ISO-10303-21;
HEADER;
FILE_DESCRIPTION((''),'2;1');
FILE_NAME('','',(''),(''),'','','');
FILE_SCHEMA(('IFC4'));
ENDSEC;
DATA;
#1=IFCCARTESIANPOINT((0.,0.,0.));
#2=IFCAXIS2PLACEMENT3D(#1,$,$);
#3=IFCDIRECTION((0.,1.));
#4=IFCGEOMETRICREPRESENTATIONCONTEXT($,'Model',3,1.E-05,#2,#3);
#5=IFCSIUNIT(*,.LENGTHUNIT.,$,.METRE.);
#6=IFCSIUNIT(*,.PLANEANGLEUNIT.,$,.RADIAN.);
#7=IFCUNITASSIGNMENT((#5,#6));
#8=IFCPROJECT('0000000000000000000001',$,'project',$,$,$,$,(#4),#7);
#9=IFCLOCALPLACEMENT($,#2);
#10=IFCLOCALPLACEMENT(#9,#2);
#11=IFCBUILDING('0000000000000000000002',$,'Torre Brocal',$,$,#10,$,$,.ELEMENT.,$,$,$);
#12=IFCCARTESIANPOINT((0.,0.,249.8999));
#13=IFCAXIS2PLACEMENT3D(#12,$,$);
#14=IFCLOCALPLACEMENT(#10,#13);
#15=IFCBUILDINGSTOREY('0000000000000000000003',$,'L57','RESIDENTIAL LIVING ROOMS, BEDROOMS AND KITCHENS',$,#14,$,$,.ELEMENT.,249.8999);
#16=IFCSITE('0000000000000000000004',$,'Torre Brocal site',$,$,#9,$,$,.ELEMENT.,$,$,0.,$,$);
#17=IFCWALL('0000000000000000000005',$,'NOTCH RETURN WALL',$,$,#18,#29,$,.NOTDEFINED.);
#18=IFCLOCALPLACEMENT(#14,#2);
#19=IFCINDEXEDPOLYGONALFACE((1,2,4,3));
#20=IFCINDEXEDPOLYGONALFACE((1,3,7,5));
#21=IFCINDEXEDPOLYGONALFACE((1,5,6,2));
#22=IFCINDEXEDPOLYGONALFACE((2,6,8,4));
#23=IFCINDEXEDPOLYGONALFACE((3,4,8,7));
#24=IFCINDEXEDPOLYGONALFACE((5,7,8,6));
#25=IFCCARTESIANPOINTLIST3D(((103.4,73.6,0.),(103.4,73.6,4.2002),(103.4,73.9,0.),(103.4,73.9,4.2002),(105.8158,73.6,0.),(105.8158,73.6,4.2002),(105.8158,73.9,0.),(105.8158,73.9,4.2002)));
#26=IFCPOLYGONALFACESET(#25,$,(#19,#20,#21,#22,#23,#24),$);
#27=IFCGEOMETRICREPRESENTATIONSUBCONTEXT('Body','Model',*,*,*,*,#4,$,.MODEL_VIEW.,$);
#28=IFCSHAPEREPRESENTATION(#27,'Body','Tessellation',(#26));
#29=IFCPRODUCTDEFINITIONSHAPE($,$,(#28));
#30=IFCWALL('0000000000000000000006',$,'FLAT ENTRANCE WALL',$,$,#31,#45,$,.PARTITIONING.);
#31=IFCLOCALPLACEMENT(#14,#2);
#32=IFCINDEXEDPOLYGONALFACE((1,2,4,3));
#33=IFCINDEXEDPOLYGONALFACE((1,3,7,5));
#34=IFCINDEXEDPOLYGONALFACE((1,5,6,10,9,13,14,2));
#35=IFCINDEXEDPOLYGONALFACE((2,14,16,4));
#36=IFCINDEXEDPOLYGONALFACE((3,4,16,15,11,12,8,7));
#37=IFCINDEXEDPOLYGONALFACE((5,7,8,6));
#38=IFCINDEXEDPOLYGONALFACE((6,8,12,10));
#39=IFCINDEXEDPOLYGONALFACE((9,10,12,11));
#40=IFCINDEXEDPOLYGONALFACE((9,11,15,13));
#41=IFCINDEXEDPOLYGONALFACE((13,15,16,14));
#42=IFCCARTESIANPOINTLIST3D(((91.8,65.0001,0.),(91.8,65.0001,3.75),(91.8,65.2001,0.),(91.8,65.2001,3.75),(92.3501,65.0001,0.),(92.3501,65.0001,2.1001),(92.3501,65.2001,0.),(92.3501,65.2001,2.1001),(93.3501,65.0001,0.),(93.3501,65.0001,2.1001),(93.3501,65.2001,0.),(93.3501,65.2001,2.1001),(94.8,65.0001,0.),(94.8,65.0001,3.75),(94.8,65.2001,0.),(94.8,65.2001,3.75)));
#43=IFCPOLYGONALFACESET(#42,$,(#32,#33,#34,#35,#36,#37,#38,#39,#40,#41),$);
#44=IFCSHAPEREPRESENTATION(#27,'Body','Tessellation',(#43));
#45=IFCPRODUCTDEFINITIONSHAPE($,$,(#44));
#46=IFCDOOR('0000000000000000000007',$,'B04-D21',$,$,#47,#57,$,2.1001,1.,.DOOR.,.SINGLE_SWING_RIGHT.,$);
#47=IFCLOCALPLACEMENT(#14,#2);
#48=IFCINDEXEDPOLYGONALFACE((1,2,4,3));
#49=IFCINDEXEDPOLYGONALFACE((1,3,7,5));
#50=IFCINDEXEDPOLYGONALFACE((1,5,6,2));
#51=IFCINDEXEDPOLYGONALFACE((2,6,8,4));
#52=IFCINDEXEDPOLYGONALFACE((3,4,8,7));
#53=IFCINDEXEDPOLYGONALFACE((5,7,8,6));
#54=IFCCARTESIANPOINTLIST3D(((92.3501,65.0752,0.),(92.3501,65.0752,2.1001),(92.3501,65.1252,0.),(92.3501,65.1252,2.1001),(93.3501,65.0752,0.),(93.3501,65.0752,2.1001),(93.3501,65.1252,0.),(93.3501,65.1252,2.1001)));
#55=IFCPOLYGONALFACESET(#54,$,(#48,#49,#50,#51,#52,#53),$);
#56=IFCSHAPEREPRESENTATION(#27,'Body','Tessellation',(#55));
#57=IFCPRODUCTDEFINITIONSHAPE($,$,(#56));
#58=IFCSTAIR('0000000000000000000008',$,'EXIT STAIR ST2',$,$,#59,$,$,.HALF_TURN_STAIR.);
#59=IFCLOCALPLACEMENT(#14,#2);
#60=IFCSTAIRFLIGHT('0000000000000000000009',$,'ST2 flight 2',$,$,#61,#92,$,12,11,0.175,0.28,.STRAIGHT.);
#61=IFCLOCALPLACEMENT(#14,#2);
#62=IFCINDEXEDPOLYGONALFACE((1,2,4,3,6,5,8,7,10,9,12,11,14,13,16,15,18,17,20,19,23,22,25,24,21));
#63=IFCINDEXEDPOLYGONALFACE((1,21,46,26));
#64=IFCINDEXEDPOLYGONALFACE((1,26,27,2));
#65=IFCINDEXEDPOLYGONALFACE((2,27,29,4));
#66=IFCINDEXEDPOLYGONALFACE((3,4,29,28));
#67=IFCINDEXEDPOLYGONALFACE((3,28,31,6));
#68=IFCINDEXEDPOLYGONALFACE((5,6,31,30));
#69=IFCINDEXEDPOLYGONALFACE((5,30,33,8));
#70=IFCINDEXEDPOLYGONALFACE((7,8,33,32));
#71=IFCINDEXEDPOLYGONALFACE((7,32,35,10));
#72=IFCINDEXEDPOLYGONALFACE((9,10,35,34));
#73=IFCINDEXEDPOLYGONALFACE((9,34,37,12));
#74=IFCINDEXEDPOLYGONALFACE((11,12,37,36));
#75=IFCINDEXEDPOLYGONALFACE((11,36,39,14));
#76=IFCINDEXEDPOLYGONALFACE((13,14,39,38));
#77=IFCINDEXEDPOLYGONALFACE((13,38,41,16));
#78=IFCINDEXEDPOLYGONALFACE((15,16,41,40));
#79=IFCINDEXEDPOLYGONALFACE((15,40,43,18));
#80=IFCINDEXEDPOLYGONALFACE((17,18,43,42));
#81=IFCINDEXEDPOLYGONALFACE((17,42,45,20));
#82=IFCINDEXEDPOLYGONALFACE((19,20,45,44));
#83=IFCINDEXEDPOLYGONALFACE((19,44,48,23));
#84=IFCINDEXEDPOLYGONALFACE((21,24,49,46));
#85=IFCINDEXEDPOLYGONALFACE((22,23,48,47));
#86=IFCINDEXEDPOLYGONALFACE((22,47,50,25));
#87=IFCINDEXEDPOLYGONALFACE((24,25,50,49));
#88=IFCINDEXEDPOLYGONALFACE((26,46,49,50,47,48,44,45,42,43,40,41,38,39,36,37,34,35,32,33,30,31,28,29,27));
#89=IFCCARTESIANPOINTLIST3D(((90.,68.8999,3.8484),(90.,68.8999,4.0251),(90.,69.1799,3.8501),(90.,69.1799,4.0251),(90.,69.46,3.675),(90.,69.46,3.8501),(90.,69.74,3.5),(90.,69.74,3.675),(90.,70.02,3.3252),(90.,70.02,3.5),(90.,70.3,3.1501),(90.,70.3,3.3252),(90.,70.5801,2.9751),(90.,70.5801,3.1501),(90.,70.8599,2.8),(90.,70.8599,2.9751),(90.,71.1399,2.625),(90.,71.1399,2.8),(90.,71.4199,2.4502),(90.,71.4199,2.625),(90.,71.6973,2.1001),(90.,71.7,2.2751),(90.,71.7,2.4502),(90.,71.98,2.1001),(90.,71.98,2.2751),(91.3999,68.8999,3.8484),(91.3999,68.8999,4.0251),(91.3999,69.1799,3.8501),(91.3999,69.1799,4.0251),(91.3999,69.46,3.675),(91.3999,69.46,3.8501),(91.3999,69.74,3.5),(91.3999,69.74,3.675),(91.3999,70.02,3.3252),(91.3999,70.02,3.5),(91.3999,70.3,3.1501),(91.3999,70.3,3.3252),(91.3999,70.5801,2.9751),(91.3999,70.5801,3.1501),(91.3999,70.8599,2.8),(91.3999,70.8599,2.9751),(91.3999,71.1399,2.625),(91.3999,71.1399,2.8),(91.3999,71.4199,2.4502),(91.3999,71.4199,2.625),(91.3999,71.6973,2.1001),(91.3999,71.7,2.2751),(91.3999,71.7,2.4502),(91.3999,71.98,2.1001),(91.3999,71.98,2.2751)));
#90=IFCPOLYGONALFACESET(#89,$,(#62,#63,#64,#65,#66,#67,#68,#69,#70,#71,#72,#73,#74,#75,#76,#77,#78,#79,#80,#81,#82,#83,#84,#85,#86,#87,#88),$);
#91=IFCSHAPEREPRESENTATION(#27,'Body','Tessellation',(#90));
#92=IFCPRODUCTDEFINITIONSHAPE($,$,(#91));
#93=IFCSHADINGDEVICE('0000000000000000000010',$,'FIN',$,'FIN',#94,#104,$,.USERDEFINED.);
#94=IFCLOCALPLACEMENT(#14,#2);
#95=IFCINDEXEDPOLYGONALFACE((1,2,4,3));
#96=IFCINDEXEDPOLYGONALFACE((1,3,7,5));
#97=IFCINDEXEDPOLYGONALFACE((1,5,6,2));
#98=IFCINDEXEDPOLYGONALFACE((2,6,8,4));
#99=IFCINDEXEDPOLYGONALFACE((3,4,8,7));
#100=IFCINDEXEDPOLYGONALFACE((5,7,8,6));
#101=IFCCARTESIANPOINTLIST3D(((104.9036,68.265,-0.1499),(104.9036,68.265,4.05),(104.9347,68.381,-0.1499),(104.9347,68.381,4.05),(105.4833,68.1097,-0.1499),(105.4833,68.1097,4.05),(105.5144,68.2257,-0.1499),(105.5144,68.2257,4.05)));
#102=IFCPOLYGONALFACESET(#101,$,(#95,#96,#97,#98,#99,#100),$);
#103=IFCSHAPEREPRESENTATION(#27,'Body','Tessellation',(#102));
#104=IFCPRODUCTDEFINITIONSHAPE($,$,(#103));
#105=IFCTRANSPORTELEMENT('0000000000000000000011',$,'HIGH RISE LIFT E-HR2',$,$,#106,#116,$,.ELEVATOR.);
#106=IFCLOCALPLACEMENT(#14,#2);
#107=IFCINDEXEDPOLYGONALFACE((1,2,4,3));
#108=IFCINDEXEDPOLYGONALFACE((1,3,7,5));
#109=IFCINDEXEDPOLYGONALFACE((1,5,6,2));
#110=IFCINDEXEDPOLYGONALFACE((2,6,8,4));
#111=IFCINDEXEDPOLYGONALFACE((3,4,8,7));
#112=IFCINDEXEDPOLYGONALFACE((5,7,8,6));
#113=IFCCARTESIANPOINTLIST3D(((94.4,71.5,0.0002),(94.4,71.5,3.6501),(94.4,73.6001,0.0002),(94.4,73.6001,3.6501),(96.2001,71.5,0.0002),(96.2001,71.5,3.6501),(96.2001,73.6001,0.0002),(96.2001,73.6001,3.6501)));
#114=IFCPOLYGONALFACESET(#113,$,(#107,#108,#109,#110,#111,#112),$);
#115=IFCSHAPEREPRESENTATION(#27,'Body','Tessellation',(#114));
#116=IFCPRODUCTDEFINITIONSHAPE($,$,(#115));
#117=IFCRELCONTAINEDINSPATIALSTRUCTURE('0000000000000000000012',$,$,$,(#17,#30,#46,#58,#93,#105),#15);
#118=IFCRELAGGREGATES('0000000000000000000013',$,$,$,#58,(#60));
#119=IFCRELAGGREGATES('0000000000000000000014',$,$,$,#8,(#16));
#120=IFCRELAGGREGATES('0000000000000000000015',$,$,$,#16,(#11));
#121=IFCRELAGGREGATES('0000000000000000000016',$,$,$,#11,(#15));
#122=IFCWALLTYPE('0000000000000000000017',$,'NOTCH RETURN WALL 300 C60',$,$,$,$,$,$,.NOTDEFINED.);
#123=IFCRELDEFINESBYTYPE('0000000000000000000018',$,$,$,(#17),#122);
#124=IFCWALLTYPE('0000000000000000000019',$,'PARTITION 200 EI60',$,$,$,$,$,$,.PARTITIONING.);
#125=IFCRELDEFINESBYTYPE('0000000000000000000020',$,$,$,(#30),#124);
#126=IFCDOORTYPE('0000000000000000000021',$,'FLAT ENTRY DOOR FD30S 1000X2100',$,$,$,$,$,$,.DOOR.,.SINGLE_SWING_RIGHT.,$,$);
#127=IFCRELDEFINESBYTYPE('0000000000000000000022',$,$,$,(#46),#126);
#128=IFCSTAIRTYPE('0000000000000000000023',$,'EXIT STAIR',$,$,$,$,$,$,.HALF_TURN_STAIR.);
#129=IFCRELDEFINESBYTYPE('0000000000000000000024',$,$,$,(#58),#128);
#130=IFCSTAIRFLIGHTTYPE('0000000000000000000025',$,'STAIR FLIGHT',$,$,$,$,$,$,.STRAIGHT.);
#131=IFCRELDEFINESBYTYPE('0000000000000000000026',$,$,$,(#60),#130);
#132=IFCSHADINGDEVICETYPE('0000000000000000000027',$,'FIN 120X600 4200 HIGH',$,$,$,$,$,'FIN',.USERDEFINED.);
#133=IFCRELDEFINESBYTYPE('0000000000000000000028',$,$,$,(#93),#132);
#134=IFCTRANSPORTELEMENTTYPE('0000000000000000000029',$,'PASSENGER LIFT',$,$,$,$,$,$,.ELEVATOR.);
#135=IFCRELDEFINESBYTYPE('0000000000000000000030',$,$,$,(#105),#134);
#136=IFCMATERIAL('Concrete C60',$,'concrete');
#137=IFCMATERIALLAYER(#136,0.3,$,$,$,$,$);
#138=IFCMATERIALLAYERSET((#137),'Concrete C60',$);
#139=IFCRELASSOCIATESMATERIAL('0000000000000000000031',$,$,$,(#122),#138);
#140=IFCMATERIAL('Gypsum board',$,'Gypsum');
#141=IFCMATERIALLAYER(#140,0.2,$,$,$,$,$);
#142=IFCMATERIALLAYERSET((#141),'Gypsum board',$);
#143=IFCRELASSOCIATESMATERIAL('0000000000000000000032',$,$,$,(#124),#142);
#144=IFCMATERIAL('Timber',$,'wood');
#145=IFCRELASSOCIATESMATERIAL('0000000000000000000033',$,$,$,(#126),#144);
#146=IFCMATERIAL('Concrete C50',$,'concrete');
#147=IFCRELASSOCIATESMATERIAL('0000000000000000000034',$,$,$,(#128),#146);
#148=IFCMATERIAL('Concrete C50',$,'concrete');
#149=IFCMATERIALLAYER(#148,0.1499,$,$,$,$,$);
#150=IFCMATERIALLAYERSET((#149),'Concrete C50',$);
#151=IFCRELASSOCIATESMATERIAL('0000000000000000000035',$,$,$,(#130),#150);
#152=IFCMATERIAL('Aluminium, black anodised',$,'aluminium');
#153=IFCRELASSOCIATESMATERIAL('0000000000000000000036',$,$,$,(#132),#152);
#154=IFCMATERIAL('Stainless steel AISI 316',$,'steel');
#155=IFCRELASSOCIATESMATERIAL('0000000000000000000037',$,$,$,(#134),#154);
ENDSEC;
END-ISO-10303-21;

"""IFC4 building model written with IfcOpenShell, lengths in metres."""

from ifc_helpers import new_model, si_unit, direction, frame, frame_2d, origin, origin_2d, place, context, subcontext, project, spatial, polyline, rectangle, outline, extrude, material, layer, layer_set, material_profile, profile_set, type_object, element, fill, aggregate, save


model = new_model("IFC4")

# Units and contexts
model_context = context("Model", 3, precision=1e-05, world=origin(), true_north=direction((0.0, 1.0)))
body_context = subcontext(model_context, "Body", "Model", "MODEL_VIEW")
ifc_project = project(units=[si_unit("LENGTHUNIT", "METRE"), si_unit("PLANEANGLEUNIT", "RADIAN")], contexts=[model_context])

# Site, building, storey
site_placement = place(None, origin())
site = spatial("IfcSite", under=ifc_project, at=site_placement, Name="Torre Brocal site", CompositionType="ELEMENT", RefElevation=0.0)
building_placement = place(site_placement, origin())
building = spatial("IfcBuilding", under=site, at=building_placement, Name="Torre Brocal", CompositionType="ELEMENT")
storey_placement = place(building_placement, frame((0.0, 0.0, 249.8999)))
storey = spatial("IfcBuildingStorey", under=building, at=storey_placement, Name="L57", Description="RESIDENTIAL LIVING ROOMS, BEDROOMS AND KITCHENS", CompositionType="ELEMENT", Elevation=249.8999)

# Wall
ifc_material_1 = material(Name="Concrete C60", Category="concrete")
ifc_layer_1 = layer(ifc_material_1, 0.3)
ifc_layer_set_1 = layer_set([ifc_layer_1], Name="Concrete C60")
wall_type_1 = type_object("IfcWallType", Name="NOTCH RETURN WALL 300 C60", PredefinedType="NOTDEFINED", material=ifc_layer_set_1)
wall_1_placement = place(storey_placement, frame((103.3999, 73.75, 0.0), z_axis=(0.0, 0.0, 1.0), x_axis=(1.0, 0.0, 0.0)))
element("IfcWall", 1, at=wall_1_placement, inside=storey, type_object=wall_type_1, Name="NOTCH RETURN WALL", PredefinedType="NOTDEFINED", context=body_context, shape_type="SweptSolid", body=[
    extrude(rectangle(XDim=2.4158, YDim=0.3, at=frame_2d((1.208, 0.0))), origin(), (0.0, 0.0, 1.0), 4.2002),
])

# Wall, opening, door
ifc_material_2 = material(Name="Gypsum board", Category="Gypsum")
ifc_layer_2 = layer(ifc_material_2, 0.2)
ifc_layer_set_2 = layer_set([ifc_layer_2], Name="Gypsum board")
wall_type_2 = type_object("IfcWallType", Name="PARTITION 200 EI60", PredefinedType="PARTITIONING", material=ifc_layer_set_2)
wall_2_placement = place(storey_placement, frame((91.8, 65.1001, 0.0), z_axis=(0.0, 0.0, 1.0), x_axis=(1.0, 0.0, 0.0)))
wall_2 = element("IfcWall", 2, at=wall_2_placement, inside=storey, type_object=wall_type_2, Name="FLAT ENTRANCE WALL", PredefinedType="PARTITIONING", context=body_context, shape_type="SweptSolid", body=[
    extrude(rectangle(XDim=3.0, YDim=0.2, at=frame_2d((1.5, 0.0))), origin(), (0.0, 0.0, 1.0), 3.75),
])
opening_1_placement = place(wall_2_placement, frame((0.55, 0.0, 0.0)))
opening_1 = element("IfcOpeningElement", 3, at=opening_1_placement, cuts=wall_2, PredefinedType="OPENING", context=body_context, shape_type="SweptSolid", body=[
    extrude(rectangle(XDim=1.0, YDim=2.1001, at=frame_2d((0.5, 1.05))), frame((0.0, 0.1099, 0.0), z_axis=(0.0, -1.0, 0.0), x_axis=(1.0, 0.0, 0.0)), (0.0, 0.0, 1.0), 0.22),
])
ifc_material_3 = material(Name="Timber", Category="wood")
door_type_1 = type_object("IfcDoorType", Name="FLAT ENTRY DOOR FD30S 1000X2100", OperationType="SINGLE_SWING_RIGHT", PredefinedType="DOOR", material=ifc_material_3)
door_1_placement = place(opening_1_placement, frame((1.0, 0.0, 0.0), z_axis=(0.0, 0.0, 1.0), x_axis=(-1.0, 0.0, 0.0)))
door_1 = element("IfcDoor", 4, at=door_1_placement, inside=storey, type_object=door_type_1, Name="B04-D21", OperationType="SINGLE_SWING_RIGHT", OverallHeight=2.1001, OverallWidth=1.0, PredefinedType="DOOR", context=body_context, shape_type="SweptSolid", body=[
    extrude(rectangle(XDim=1.0, YDim=2.1001, at=frame_2d((0.5, 1.05))), frame((0.0, 0.0249, 0.0), z_axis=(0.0, -1.0, 0.0), x_axis=(1.0, 0.0, 0.0)), (0.0, 0.0, 1.0), 0.05),
])
fill(opening_1, door_1)

# Stair, stair flight
ifc_material_4 = material(Name="Concrete C50", Category="concrete")
stair_type = type_object("IfcStairType", Name="EXIT STAIR", PredefinedType="HALF_TURN_STAIR", material=ifc_material_4)
stair_placement = place(storey_placement, origin())
stair = element("IfcStair", 5, at=stair_placement, inside=storey, type_object=stair_type, Name="EXIT STAIR ST2", PredefinedType="HALF_TURN_STAIR")
ifc_material_5 = material(Name="Concrete C50", Category="concrete")
ifc_layer_3 = layer(ifc_material_5, 0.1499)
ifc_layer_set_3 = layer_set([ifc_layer_3], Name="Concrete C50")
stair_flight_type = type_object("IfcStairFlightType", Name="STAIR FLIGHT", PredefinedType="STRAIGHT", material=ifc_layer_set_3)
stair_flight_placement = place(storey_placement, frame((90.7, 71.98, 2.1001), z_axis=(0.0, 0.0, 1.0), x_axis=(0.0, -1.0, 0.0)))
stair_flight = element("IfcStairFlight", 6, at=stair_flight_placement, type_object=stair_flight_type, Name="ST2 flight 2", NumberOfRisers=12, NumberOfTreads=11, PredefinedType="STRAIGHT", RiserHeight=0.175, TreadLength=0.28, context=body_context, shape_type="SweptSolid", body=[
    extrude(outline(polyline([(0.0, 0.0), (0.0, 0.175), (0.28, 0.175), (0.28, 0.3501), (0.5601, 0.3501), (0.5601, 0.5249), (0.8401, 0.5249), (0.8401, 0.7), (1.1201, 0.7), (1.1201, 0.875), (1.3999, 0.875), (1.3999, 1.05), (1.6799, 1.05), (1.6799, 1.2251), (1.96, 1.2251), (1.96, 1.3999), (2.24, 1.3999), (2.24, 1.575), (2.52, 1.575), (2.52, 1.75), (2.8, 1.75), (2.8, 1.925), (3.0801, 1.925), (3.0801, 2.1001), (3.0801, 1.7483), (0.2827, 0.0), (0.0, 0.0)])), frame((0.0, 0.7, 0.0), z_axis=(0.0, -1.0, 0.0), x_axis=(1.0, 0.0, 0.0)), (0.0, 0.0, 1.0), 1.3999),
])
aggregate(stair, [stair_flight])

# Shading device
ifc_material_6 = material(Name="Aluminium, black anodised", Category="aluminium")
ifc_material_profile_1 = material_profile(ifc_material_6, rectangle(XDim=0.1201, YDim=0.6001, at=origin_2d()), Name="FIN 120X600 4200 HIGH")
ifc_profile_set_1 = profile_set([ifc_material_profile_1], Name="Aluminium, black anodised")
shading_device_type = type_object("IfcShadingDeviceType", Name="FIN 120X600 4200 HIGH", ElementType="FIN", PredefinedType="USERDEFINED", material=ifc_profile_set_1)
shading_device_placement = place(storey_placement, frame((105.209, 68.2454, -0.1499), z_axis=(0.0, 0.0, 1.0), x_axis=(0.258819, 0.965926, 0.0)))
element("IfcShadingDevice", 7, at=shading_device_placement, inside=storey, type_object=shading_device_type, Name="FIN", ObjectType="FIN", PredefinedType="USERDEFINED", context=body_context, shape_type="SweptSolid", body=[
    extrude(rectangle(XDim=0.1201, YDim=0.6001, at=origin_2d()), origin(), (0.0, 0.0, 1.0), 4.2),
])

# Transport element
ifc_material_7 = material(Name="Stainless steel AISI 316", Category="steel")
transport_element_type = type_object("IfcTransportElementType", Name="PASSENGER LIFT", PredefinedType="ELEVATOR", material=ifc_material_7)
transport_element_placement = place(storey_placement, frame((95.3, 72.55, 0.0002), z_axis=(0.0, 0.0, 1.0), x_axis=(1.0, 0.0, 0.0)))
element("IfcTransportElement", 8, at=transport_element_placement, inside=storey, type_object=transport_element_type, Name="HIGH RISE LIFT E-HR2", PredefinedType="ELEVATOR", context=body_context, shape_type="SweptSolid", body=[
    extrude(rectangle(XDim=1.8, YDim=2.1001, at=origin_2d()), origin(), (0.0, 0.0, 1.0), 3.6499),
])

save(model, "model.ifc")
